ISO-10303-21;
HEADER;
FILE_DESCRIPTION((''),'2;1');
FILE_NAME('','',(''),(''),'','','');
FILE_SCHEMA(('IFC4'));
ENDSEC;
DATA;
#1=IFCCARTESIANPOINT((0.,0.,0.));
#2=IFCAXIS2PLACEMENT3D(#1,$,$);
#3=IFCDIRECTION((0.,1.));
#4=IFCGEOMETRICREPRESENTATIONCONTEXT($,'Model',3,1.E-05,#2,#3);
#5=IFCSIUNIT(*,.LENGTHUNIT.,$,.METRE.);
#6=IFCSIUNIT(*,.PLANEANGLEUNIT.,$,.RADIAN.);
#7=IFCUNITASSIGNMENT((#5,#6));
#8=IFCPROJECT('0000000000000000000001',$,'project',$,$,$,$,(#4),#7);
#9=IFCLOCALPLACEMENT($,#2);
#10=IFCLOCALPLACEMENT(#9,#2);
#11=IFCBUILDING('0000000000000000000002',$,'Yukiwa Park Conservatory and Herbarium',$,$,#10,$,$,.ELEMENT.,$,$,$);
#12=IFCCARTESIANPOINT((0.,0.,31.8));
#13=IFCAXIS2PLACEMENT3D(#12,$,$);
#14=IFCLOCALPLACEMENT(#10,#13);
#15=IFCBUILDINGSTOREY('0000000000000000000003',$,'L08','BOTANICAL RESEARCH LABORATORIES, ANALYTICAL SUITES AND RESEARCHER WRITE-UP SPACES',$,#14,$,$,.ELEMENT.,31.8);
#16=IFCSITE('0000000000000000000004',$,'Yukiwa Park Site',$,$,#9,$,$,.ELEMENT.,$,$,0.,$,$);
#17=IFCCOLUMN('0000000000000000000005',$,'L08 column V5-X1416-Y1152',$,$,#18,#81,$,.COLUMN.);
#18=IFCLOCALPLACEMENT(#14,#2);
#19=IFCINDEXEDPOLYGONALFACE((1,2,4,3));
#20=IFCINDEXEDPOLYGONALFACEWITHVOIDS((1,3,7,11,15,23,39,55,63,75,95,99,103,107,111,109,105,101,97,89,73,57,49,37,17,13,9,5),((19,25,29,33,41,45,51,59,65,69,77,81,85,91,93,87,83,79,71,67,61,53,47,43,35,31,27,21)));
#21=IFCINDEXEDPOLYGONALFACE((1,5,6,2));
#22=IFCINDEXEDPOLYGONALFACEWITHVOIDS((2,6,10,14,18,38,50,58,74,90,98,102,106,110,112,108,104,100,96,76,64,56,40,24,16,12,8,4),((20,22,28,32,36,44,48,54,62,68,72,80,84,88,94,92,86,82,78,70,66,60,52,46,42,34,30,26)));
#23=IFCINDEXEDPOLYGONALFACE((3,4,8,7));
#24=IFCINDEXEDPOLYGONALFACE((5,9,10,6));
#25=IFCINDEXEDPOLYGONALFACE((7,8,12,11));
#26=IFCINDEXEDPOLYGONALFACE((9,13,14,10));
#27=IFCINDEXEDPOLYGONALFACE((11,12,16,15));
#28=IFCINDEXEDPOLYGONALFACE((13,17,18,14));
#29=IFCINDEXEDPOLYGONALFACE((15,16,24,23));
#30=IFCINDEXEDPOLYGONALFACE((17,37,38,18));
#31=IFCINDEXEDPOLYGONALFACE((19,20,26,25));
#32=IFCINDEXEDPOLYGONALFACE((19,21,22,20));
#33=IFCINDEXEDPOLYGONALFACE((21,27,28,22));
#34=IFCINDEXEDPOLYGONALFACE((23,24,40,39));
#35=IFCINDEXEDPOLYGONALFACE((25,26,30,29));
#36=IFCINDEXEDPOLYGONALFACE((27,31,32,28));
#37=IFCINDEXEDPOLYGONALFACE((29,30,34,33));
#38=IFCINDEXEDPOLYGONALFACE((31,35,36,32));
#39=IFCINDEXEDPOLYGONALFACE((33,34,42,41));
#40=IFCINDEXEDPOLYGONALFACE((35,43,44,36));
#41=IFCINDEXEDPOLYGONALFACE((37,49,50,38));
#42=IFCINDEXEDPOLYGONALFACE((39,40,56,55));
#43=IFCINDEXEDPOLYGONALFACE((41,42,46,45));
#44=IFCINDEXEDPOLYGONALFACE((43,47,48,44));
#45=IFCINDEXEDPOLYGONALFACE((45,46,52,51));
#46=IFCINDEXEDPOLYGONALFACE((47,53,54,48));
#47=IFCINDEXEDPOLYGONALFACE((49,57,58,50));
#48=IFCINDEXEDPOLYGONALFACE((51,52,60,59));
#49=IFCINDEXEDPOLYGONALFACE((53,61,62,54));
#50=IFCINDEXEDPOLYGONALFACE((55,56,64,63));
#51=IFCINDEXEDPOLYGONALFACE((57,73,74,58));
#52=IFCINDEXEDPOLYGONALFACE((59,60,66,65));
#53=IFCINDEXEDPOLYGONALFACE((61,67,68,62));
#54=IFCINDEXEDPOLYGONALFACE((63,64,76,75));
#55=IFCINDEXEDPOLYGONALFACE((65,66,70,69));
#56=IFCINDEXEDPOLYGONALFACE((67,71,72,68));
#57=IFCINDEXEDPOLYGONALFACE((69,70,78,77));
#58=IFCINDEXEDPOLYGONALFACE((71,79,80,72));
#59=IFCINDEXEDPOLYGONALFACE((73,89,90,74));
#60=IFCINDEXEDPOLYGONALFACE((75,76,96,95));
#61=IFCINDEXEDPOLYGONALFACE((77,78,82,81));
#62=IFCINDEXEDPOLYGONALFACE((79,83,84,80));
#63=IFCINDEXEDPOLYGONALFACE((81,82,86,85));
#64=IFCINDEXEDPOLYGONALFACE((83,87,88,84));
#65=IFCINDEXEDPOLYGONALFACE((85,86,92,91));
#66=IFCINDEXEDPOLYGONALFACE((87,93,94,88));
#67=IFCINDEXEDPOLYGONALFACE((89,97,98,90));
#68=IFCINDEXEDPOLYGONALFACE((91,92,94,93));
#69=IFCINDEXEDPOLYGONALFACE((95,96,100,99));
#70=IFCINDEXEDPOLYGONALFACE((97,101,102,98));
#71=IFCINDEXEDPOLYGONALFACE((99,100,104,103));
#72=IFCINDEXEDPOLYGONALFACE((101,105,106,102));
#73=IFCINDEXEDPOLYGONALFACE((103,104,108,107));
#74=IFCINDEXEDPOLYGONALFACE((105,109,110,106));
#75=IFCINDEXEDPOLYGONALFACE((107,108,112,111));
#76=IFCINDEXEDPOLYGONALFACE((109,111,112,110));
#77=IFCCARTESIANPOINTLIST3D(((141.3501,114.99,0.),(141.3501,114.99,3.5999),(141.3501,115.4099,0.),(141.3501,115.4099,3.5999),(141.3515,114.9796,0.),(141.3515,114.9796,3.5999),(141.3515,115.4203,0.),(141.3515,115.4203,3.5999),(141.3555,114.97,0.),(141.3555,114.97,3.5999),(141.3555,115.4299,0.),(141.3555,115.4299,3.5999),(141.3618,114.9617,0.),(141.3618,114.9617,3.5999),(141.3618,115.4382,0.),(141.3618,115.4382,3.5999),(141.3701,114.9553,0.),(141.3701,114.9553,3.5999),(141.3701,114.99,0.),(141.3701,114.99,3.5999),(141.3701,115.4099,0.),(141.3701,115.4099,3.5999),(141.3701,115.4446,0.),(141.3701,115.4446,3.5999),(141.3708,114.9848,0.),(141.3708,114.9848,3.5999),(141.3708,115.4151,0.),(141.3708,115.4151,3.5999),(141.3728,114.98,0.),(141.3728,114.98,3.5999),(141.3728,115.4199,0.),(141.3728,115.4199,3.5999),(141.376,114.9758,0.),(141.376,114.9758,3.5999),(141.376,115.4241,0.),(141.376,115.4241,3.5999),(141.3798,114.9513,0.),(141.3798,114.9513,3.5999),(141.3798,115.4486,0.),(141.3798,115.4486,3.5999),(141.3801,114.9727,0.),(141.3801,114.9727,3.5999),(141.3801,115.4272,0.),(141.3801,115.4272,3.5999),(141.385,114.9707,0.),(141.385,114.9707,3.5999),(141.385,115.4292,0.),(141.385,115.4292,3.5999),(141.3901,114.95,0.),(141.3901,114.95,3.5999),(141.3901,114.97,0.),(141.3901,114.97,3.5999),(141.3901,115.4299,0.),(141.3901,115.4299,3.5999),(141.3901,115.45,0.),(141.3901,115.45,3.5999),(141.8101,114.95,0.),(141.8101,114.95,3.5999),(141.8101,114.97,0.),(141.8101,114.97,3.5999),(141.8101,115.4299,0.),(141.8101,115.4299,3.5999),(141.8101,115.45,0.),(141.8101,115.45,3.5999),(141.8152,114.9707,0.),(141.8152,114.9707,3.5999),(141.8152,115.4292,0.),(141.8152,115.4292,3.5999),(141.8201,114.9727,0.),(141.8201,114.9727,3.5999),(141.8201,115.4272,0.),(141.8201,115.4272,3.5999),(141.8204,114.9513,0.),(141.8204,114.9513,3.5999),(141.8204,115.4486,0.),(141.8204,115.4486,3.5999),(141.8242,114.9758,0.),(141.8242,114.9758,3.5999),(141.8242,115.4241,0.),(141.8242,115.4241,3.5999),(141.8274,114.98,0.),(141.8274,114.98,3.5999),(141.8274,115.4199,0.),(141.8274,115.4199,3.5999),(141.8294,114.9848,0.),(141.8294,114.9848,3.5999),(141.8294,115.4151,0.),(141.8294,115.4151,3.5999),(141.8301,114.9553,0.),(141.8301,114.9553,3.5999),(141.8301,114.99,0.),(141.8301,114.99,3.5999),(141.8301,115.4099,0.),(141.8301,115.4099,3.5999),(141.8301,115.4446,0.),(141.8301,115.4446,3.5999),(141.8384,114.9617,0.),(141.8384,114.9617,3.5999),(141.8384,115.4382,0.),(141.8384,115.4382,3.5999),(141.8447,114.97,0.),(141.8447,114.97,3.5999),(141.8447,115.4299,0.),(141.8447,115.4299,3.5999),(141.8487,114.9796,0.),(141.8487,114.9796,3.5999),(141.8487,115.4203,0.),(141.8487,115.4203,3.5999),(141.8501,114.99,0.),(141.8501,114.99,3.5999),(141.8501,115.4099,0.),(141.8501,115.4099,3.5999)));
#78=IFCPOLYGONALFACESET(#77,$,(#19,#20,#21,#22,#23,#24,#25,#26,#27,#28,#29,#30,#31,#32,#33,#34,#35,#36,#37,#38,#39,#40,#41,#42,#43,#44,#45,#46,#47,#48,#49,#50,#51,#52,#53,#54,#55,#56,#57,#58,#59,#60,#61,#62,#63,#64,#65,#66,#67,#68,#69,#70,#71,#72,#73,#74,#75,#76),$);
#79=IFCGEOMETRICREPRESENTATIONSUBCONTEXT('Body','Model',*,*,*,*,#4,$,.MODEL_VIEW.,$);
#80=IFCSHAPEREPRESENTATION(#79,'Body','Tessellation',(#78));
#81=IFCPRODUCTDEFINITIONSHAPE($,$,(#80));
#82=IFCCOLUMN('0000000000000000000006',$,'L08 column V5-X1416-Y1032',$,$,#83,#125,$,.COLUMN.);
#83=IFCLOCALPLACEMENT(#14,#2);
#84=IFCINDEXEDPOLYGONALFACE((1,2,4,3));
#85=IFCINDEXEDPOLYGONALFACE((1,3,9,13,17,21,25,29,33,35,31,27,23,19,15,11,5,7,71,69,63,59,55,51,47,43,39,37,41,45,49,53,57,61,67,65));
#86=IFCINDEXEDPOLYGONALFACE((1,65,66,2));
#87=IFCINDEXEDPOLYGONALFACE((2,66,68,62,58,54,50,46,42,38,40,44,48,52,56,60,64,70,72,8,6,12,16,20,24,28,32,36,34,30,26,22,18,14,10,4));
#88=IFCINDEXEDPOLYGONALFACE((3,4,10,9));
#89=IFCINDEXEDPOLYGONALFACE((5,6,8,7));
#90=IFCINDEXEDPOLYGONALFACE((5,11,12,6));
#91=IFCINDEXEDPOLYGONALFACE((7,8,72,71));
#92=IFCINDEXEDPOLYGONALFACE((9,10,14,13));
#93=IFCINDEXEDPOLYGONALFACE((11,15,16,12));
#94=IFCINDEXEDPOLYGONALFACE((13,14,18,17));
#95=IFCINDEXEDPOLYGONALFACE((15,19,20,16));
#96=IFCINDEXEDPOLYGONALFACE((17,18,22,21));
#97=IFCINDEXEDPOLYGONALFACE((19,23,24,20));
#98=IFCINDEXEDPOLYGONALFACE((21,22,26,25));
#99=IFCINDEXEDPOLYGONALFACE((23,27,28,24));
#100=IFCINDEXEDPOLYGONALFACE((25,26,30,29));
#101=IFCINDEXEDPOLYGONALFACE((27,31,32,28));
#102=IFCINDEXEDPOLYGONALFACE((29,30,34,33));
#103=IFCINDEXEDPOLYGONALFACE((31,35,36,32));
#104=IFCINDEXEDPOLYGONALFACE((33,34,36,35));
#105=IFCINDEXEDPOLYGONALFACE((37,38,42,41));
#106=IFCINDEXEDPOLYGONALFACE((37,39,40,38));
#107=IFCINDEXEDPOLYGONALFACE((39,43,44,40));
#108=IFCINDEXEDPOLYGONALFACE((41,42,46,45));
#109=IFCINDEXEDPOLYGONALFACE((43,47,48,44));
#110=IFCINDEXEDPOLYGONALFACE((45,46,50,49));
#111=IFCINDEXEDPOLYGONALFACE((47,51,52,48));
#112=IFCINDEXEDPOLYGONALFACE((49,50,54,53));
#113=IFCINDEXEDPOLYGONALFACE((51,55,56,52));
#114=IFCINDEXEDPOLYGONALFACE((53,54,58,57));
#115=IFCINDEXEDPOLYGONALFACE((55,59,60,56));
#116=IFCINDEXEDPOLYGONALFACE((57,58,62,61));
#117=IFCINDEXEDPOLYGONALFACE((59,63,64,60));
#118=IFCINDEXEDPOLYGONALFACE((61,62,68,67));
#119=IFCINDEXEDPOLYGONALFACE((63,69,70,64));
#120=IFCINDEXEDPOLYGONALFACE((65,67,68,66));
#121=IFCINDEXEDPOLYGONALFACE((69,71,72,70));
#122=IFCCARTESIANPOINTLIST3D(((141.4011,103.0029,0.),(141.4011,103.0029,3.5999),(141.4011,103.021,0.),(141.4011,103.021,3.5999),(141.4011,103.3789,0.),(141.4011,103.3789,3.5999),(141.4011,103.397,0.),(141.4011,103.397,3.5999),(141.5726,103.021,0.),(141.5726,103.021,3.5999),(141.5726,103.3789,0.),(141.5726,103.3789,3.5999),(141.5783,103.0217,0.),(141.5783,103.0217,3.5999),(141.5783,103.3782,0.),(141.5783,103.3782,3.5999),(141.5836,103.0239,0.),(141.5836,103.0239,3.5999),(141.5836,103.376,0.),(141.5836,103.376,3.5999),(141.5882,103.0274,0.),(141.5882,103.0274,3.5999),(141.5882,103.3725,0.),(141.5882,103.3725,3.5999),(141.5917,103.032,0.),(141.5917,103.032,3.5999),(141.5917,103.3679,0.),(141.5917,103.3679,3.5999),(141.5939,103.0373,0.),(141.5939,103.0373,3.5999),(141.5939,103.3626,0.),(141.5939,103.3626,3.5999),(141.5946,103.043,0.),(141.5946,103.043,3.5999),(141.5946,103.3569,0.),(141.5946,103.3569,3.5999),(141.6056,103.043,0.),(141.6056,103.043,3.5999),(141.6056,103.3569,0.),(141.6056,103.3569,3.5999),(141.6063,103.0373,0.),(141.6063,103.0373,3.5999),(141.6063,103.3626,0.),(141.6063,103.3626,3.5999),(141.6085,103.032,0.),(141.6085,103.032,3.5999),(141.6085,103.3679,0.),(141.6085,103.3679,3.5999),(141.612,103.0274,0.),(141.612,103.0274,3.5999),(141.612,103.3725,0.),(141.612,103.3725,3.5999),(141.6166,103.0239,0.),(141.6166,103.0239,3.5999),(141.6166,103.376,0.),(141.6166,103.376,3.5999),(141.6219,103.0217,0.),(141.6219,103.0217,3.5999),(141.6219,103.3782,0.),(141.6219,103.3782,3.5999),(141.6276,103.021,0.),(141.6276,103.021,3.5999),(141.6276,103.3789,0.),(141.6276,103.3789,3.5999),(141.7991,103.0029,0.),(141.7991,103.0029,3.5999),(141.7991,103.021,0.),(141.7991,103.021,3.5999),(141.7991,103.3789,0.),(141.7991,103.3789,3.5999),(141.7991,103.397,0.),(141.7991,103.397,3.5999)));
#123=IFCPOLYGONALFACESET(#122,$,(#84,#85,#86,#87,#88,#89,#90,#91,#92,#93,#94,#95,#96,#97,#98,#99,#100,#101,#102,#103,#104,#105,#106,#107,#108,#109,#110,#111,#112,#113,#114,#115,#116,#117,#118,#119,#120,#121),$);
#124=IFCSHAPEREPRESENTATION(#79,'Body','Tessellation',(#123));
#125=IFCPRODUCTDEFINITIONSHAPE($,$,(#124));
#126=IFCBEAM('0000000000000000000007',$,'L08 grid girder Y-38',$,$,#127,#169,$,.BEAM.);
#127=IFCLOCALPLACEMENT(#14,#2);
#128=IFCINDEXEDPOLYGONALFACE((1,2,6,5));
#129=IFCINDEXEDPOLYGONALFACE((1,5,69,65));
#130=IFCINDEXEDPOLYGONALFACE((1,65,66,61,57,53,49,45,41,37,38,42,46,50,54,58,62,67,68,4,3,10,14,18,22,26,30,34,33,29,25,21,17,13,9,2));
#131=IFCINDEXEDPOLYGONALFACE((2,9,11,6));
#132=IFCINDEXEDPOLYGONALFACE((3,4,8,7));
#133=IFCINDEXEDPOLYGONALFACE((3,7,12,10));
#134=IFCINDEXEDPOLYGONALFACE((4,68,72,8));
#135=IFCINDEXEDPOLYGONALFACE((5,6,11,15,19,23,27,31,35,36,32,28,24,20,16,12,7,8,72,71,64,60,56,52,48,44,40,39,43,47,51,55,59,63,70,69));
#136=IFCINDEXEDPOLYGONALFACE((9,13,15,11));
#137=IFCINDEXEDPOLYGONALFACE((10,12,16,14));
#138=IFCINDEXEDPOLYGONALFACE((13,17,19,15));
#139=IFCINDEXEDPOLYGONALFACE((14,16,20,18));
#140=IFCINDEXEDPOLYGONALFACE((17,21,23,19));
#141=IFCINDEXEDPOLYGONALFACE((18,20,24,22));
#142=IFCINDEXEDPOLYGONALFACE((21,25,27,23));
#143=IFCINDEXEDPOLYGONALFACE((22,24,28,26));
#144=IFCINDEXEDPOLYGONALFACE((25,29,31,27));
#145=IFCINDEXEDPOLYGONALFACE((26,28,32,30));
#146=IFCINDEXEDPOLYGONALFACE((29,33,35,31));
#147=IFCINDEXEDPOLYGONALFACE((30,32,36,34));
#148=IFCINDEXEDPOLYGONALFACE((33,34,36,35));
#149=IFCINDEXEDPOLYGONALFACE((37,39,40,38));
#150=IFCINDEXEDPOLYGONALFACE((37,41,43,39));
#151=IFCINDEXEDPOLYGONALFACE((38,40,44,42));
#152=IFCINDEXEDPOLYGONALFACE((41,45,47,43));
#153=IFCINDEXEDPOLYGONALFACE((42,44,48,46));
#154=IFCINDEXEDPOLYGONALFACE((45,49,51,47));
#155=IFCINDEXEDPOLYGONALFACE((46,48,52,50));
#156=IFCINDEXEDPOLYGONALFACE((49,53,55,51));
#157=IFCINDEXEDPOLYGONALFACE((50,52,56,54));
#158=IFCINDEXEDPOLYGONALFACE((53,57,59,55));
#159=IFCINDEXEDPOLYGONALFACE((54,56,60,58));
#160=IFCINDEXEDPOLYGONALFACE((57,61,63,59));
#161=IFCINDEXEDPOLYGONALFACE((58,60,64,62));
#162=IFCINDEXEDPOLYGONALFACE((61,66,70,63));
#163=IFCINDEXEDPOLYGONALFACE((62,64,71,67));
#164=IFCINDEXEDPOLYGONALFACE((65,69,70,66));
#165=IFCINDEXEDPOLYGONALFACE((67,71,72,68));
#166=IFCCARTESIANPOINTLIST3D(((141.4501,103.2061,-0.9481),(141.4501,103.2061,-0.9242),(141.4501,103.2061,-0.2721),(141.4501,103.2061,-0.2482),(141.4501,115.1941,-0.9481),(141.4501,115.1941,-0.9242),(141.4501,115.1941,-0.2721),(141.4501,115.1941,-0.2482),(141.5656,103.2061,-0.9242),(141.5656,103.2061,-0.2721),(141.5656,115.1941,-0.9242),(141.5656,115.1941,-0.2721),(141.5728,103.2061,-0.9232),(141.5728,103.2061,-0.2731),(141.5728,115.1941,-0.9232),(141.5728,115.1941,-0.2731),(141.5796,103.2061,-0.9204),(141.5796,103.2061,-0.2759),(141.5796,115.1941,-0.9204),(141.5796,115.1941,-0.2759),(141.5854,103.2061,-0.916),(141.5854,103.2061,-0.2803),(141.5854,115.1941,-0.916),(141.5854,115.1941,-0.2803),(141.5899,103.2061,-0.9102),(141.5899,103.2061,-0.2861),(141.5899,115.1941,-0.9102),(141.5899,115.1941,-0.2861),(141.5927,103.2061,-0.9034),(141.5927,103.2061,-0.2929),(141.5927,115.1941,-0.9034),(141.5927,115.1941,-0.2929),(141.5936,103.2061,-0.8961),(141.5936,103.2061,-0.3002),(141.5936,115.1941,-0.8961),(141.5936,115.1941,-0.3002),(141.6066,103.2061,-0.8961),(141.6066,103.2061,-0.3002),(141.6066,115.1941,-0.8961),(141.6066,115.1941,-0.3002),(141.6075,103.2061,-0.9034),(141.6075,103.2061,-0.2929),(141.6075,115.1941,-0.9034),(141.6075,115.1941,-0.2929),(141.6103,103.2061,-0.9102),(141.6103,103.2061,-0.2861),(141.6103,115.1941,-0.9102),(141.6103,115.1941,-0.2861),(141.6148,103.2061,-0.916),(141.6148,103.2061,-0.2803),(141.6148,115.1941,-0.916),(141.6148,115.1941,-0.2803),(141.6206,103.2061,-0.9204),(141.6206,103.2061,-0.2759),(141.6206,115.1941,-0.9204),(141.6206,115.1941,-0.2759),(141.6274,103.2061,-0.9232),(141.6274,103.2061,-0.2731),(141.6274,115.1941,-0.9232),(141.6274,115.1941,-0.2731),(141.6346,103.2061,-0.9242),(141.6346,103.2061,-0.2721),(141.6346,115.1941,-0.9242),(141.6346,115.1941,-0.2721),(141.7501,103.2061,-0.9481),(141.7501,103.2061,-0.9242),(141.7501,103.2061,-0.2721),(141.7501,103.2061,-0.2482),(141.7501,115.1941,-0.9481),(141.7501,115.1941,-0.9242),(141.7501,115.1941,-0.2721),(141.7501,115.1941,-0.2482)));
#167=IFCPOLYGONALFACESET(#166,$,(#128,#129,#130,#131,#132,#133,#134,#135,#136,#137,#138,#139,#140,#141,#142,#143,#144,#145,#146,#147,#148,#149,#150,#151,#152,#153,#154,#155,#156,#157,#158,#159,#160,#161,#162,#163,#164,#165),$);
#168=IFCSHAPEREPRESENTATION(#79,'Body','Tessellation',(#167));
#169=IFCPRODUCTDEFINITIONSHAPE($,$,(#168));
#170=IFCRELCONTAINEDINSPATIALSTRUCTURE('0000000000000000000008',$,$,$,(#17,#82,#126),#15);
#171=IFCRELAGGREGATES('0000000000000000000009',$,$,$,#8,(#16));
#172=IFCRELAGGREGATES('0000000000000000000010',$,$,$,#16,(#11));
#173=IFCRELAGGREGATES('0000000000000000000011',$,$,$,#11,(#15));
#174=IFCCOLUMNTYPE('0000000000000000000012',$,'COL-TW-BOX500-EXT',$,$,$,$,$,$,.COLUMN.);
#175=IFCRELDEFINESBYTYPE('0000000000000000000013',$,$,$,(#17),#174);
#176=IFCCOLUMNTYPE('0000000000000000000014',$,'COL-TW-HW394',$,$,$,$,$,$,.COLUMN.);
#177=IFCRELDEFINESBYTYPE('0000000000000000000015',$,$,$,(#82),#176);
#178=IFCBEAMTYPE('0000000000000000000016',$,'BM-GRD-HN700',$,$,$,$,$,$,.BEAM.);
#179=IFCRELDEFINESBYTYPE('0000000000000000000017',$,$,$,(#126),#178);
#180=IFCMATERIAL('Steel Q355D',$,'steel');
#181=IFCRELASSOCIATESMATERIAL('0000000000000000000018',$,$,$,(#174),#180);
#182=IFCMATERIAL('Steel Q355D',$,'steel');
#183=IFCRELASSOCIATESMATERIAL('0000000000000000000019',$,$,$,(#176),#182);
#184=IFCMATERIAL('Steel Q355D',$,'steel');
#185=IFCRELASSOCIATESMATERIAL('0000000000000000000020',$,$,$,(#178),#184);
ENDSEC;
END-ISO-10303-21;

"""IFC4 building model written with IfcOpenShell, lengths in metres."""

from ifc_helpers import new_model, si_unit, direction, frame, origin, origin_2d, place, context, subcontext, project, spatial, hollow_rectangle, i_section, extrude, material, material_profile, profile_set, type_object, element, save


model = new_model("IFC4")

# Units and contexts
model_context = context("Model", 3, precision=1e-05, world=origin(), true_north=direction((0.0, 1.0)))
body_context = subcontext(model_context, "Body", "Model", "MODEL_VIEW")
ifc_project = project(units=[si_unit("LENGTHUNIT", "METRE"), si_unit("PLANEANGLEUNIT", "RADIAN")], contexts=[model_context])

# Site, building, storey
site_placement = place(None, origin())
site = spatial("IfcSite", under=ifc_project, at=site_placement, Name="Yukiwa Park Site", CompositionType="ELEMENT", RefElevation=0.0)
building_placement = place(site_placement, origin())
building = spatial("IfcBuilding", under=site, at=building_placement, Name="Yukiwa Park Conservatory and Herbarium", CompositionType="ELEMENT")
storey_placement = place(building_placement, frame((0.0, 0.0, 31.8)))
storey = spatial("IfcBuildingStorey", under=building, at=storey_placement, Name="L08", Description="BOTANICAL RESEARCH LABORATORIES, ANALYTICAL SUITES AND RESEARCHER WRITE-UP SPACES", CompositionType="ELEMENT", Elevation=31.8)

# Columns
ifc_material_1 = material(Name="Steel Q355D", Category="steel")
ifc_material_profile_1 = material_profile(ifc_material_1, hollow_rectangle(XDim=0.5, YDim=0.5, WallThickness=0.02, InnerFilletRadius=0.02, OuterFilletRadius=0.04, at=origin_2d()), Name="BOX 500x500x20")
ifc_profile_set_1 = profile_set([ifc_material_profile_1], Name="Steel Q355D")
column_type_1 = type_object("IfcColumnType", Name="COL-TW-BOX500-EXT", PredefinedType="COLUMN", material=ifc_profile_set_1)
column_1_placement = place(storey_placement, frame((141.6001, 115.2, 0.0), z_axis=(0.0, 0.0, 1.0), x_axis=(1.0, 0.0, 0.0)))
element("IfcColumn", 1, at=column_1_placement, inside=storey, type_object=column_type_1, Name="L08 column V5-X1416-Y1152", PredefinedType="COLUMN", context=body_context, shape_type="SweptSolid", body=[
    extrude(hollow_rectangle(XDim=0.5, YDim=0.5, WallThickness=0.02, InnerFilletRadius=0.02, OuterFilletRadius=0.04, at=origin_2d()), origin(), (0.0, 0.0, 1.0), 3.5999),
])
ifc_material_2 = material(Name="Steel Q355D", Category="steel")
ifc_material_profile_2 = material_profile(ifc_material_2, i_section(OverallWidth=0.3979, OverallDepth=0.394, WebThickness=0.011, FlangeThickness=0.0181, FilletRadius=0.022, at=origin_2d()), Name="HW 394x398x11x18")
ifc_profile_set_2 = profile_set([ifc_material_profile_2], Name="Steel Q355D")
column_type_2 = type_object("IfcColumnType", Name="COL-TW-HW394", PredefinedType="COLUMN", material=ifc_profile_set_2)
column_2_placement = place(storey_placement, frame((141.6001, 103.2, 0.0), z_axis=(0.0, 0.0, 1.0), x_axis=(1.0, 0.0, 0.0)))
element("IfcColumn", 2, at=column_2_placement, inside=storey, type_object=column_type_2, Name="L08 column V5-X1416-Y1032", PredefinedType="COLUMN", context=body_context, shape_type="SweptSolid", body=[
    extrude(i_section(OverallWidth=0.3979, OverallDepth=0.394, WebThickness=0.011, FlangeThickness=0.0181, FilletRadius=0.022, at=origin_2d()), origin(), (0.0, 0.0, 1.0), 3.5999),
])

# Beam
ifc_material_3 = material(Name="Steel Q355D", Category="steel")
ifc_material_profile_3 = material_profile(ifc_material_3, i_section(OverallWidth=0.3, OverallDepth=0.7, WebThickness=0.0129, FlangeThickness=0.0239, FilletRadius=0.0281, at=origin_2d()), Name="HN 700x300x13x24")
ifc_profile_set_3 = profile_set([ifc_material_profile_3], Name="Steel Q355D")
beam_type_1 = type_object("IfcBeamType", Name="BM-GRD-HN700", PredefinedType="BEAM", material=ifc_profile_set_3)
beam_placement = place(storey_placement, frame((141.6001, 103.2061, -0.5981), z_axis=(0.0, 1.0, 0.0), x_axis=(-1.0, 0.0, 0.0)))
element("IfcBeam", 3, at=beam_placement, inside=storey, type_object=beam_type_1, Name="L08 grid girder Y-38", PredefinedType="BEAM", context=body_context, shape_type="SweptSolid", body=[
    extrude(i_section(OverallWidth=0.3, OverallDepth=0.7, WebThickness=0.0129, FlangeThickness=0.0239, FilletRadius=0.0281, at=origin_2d()), origin(), (0.0, 0.0, 1.0), 11.988),
])

save(model, "model.ifc")
